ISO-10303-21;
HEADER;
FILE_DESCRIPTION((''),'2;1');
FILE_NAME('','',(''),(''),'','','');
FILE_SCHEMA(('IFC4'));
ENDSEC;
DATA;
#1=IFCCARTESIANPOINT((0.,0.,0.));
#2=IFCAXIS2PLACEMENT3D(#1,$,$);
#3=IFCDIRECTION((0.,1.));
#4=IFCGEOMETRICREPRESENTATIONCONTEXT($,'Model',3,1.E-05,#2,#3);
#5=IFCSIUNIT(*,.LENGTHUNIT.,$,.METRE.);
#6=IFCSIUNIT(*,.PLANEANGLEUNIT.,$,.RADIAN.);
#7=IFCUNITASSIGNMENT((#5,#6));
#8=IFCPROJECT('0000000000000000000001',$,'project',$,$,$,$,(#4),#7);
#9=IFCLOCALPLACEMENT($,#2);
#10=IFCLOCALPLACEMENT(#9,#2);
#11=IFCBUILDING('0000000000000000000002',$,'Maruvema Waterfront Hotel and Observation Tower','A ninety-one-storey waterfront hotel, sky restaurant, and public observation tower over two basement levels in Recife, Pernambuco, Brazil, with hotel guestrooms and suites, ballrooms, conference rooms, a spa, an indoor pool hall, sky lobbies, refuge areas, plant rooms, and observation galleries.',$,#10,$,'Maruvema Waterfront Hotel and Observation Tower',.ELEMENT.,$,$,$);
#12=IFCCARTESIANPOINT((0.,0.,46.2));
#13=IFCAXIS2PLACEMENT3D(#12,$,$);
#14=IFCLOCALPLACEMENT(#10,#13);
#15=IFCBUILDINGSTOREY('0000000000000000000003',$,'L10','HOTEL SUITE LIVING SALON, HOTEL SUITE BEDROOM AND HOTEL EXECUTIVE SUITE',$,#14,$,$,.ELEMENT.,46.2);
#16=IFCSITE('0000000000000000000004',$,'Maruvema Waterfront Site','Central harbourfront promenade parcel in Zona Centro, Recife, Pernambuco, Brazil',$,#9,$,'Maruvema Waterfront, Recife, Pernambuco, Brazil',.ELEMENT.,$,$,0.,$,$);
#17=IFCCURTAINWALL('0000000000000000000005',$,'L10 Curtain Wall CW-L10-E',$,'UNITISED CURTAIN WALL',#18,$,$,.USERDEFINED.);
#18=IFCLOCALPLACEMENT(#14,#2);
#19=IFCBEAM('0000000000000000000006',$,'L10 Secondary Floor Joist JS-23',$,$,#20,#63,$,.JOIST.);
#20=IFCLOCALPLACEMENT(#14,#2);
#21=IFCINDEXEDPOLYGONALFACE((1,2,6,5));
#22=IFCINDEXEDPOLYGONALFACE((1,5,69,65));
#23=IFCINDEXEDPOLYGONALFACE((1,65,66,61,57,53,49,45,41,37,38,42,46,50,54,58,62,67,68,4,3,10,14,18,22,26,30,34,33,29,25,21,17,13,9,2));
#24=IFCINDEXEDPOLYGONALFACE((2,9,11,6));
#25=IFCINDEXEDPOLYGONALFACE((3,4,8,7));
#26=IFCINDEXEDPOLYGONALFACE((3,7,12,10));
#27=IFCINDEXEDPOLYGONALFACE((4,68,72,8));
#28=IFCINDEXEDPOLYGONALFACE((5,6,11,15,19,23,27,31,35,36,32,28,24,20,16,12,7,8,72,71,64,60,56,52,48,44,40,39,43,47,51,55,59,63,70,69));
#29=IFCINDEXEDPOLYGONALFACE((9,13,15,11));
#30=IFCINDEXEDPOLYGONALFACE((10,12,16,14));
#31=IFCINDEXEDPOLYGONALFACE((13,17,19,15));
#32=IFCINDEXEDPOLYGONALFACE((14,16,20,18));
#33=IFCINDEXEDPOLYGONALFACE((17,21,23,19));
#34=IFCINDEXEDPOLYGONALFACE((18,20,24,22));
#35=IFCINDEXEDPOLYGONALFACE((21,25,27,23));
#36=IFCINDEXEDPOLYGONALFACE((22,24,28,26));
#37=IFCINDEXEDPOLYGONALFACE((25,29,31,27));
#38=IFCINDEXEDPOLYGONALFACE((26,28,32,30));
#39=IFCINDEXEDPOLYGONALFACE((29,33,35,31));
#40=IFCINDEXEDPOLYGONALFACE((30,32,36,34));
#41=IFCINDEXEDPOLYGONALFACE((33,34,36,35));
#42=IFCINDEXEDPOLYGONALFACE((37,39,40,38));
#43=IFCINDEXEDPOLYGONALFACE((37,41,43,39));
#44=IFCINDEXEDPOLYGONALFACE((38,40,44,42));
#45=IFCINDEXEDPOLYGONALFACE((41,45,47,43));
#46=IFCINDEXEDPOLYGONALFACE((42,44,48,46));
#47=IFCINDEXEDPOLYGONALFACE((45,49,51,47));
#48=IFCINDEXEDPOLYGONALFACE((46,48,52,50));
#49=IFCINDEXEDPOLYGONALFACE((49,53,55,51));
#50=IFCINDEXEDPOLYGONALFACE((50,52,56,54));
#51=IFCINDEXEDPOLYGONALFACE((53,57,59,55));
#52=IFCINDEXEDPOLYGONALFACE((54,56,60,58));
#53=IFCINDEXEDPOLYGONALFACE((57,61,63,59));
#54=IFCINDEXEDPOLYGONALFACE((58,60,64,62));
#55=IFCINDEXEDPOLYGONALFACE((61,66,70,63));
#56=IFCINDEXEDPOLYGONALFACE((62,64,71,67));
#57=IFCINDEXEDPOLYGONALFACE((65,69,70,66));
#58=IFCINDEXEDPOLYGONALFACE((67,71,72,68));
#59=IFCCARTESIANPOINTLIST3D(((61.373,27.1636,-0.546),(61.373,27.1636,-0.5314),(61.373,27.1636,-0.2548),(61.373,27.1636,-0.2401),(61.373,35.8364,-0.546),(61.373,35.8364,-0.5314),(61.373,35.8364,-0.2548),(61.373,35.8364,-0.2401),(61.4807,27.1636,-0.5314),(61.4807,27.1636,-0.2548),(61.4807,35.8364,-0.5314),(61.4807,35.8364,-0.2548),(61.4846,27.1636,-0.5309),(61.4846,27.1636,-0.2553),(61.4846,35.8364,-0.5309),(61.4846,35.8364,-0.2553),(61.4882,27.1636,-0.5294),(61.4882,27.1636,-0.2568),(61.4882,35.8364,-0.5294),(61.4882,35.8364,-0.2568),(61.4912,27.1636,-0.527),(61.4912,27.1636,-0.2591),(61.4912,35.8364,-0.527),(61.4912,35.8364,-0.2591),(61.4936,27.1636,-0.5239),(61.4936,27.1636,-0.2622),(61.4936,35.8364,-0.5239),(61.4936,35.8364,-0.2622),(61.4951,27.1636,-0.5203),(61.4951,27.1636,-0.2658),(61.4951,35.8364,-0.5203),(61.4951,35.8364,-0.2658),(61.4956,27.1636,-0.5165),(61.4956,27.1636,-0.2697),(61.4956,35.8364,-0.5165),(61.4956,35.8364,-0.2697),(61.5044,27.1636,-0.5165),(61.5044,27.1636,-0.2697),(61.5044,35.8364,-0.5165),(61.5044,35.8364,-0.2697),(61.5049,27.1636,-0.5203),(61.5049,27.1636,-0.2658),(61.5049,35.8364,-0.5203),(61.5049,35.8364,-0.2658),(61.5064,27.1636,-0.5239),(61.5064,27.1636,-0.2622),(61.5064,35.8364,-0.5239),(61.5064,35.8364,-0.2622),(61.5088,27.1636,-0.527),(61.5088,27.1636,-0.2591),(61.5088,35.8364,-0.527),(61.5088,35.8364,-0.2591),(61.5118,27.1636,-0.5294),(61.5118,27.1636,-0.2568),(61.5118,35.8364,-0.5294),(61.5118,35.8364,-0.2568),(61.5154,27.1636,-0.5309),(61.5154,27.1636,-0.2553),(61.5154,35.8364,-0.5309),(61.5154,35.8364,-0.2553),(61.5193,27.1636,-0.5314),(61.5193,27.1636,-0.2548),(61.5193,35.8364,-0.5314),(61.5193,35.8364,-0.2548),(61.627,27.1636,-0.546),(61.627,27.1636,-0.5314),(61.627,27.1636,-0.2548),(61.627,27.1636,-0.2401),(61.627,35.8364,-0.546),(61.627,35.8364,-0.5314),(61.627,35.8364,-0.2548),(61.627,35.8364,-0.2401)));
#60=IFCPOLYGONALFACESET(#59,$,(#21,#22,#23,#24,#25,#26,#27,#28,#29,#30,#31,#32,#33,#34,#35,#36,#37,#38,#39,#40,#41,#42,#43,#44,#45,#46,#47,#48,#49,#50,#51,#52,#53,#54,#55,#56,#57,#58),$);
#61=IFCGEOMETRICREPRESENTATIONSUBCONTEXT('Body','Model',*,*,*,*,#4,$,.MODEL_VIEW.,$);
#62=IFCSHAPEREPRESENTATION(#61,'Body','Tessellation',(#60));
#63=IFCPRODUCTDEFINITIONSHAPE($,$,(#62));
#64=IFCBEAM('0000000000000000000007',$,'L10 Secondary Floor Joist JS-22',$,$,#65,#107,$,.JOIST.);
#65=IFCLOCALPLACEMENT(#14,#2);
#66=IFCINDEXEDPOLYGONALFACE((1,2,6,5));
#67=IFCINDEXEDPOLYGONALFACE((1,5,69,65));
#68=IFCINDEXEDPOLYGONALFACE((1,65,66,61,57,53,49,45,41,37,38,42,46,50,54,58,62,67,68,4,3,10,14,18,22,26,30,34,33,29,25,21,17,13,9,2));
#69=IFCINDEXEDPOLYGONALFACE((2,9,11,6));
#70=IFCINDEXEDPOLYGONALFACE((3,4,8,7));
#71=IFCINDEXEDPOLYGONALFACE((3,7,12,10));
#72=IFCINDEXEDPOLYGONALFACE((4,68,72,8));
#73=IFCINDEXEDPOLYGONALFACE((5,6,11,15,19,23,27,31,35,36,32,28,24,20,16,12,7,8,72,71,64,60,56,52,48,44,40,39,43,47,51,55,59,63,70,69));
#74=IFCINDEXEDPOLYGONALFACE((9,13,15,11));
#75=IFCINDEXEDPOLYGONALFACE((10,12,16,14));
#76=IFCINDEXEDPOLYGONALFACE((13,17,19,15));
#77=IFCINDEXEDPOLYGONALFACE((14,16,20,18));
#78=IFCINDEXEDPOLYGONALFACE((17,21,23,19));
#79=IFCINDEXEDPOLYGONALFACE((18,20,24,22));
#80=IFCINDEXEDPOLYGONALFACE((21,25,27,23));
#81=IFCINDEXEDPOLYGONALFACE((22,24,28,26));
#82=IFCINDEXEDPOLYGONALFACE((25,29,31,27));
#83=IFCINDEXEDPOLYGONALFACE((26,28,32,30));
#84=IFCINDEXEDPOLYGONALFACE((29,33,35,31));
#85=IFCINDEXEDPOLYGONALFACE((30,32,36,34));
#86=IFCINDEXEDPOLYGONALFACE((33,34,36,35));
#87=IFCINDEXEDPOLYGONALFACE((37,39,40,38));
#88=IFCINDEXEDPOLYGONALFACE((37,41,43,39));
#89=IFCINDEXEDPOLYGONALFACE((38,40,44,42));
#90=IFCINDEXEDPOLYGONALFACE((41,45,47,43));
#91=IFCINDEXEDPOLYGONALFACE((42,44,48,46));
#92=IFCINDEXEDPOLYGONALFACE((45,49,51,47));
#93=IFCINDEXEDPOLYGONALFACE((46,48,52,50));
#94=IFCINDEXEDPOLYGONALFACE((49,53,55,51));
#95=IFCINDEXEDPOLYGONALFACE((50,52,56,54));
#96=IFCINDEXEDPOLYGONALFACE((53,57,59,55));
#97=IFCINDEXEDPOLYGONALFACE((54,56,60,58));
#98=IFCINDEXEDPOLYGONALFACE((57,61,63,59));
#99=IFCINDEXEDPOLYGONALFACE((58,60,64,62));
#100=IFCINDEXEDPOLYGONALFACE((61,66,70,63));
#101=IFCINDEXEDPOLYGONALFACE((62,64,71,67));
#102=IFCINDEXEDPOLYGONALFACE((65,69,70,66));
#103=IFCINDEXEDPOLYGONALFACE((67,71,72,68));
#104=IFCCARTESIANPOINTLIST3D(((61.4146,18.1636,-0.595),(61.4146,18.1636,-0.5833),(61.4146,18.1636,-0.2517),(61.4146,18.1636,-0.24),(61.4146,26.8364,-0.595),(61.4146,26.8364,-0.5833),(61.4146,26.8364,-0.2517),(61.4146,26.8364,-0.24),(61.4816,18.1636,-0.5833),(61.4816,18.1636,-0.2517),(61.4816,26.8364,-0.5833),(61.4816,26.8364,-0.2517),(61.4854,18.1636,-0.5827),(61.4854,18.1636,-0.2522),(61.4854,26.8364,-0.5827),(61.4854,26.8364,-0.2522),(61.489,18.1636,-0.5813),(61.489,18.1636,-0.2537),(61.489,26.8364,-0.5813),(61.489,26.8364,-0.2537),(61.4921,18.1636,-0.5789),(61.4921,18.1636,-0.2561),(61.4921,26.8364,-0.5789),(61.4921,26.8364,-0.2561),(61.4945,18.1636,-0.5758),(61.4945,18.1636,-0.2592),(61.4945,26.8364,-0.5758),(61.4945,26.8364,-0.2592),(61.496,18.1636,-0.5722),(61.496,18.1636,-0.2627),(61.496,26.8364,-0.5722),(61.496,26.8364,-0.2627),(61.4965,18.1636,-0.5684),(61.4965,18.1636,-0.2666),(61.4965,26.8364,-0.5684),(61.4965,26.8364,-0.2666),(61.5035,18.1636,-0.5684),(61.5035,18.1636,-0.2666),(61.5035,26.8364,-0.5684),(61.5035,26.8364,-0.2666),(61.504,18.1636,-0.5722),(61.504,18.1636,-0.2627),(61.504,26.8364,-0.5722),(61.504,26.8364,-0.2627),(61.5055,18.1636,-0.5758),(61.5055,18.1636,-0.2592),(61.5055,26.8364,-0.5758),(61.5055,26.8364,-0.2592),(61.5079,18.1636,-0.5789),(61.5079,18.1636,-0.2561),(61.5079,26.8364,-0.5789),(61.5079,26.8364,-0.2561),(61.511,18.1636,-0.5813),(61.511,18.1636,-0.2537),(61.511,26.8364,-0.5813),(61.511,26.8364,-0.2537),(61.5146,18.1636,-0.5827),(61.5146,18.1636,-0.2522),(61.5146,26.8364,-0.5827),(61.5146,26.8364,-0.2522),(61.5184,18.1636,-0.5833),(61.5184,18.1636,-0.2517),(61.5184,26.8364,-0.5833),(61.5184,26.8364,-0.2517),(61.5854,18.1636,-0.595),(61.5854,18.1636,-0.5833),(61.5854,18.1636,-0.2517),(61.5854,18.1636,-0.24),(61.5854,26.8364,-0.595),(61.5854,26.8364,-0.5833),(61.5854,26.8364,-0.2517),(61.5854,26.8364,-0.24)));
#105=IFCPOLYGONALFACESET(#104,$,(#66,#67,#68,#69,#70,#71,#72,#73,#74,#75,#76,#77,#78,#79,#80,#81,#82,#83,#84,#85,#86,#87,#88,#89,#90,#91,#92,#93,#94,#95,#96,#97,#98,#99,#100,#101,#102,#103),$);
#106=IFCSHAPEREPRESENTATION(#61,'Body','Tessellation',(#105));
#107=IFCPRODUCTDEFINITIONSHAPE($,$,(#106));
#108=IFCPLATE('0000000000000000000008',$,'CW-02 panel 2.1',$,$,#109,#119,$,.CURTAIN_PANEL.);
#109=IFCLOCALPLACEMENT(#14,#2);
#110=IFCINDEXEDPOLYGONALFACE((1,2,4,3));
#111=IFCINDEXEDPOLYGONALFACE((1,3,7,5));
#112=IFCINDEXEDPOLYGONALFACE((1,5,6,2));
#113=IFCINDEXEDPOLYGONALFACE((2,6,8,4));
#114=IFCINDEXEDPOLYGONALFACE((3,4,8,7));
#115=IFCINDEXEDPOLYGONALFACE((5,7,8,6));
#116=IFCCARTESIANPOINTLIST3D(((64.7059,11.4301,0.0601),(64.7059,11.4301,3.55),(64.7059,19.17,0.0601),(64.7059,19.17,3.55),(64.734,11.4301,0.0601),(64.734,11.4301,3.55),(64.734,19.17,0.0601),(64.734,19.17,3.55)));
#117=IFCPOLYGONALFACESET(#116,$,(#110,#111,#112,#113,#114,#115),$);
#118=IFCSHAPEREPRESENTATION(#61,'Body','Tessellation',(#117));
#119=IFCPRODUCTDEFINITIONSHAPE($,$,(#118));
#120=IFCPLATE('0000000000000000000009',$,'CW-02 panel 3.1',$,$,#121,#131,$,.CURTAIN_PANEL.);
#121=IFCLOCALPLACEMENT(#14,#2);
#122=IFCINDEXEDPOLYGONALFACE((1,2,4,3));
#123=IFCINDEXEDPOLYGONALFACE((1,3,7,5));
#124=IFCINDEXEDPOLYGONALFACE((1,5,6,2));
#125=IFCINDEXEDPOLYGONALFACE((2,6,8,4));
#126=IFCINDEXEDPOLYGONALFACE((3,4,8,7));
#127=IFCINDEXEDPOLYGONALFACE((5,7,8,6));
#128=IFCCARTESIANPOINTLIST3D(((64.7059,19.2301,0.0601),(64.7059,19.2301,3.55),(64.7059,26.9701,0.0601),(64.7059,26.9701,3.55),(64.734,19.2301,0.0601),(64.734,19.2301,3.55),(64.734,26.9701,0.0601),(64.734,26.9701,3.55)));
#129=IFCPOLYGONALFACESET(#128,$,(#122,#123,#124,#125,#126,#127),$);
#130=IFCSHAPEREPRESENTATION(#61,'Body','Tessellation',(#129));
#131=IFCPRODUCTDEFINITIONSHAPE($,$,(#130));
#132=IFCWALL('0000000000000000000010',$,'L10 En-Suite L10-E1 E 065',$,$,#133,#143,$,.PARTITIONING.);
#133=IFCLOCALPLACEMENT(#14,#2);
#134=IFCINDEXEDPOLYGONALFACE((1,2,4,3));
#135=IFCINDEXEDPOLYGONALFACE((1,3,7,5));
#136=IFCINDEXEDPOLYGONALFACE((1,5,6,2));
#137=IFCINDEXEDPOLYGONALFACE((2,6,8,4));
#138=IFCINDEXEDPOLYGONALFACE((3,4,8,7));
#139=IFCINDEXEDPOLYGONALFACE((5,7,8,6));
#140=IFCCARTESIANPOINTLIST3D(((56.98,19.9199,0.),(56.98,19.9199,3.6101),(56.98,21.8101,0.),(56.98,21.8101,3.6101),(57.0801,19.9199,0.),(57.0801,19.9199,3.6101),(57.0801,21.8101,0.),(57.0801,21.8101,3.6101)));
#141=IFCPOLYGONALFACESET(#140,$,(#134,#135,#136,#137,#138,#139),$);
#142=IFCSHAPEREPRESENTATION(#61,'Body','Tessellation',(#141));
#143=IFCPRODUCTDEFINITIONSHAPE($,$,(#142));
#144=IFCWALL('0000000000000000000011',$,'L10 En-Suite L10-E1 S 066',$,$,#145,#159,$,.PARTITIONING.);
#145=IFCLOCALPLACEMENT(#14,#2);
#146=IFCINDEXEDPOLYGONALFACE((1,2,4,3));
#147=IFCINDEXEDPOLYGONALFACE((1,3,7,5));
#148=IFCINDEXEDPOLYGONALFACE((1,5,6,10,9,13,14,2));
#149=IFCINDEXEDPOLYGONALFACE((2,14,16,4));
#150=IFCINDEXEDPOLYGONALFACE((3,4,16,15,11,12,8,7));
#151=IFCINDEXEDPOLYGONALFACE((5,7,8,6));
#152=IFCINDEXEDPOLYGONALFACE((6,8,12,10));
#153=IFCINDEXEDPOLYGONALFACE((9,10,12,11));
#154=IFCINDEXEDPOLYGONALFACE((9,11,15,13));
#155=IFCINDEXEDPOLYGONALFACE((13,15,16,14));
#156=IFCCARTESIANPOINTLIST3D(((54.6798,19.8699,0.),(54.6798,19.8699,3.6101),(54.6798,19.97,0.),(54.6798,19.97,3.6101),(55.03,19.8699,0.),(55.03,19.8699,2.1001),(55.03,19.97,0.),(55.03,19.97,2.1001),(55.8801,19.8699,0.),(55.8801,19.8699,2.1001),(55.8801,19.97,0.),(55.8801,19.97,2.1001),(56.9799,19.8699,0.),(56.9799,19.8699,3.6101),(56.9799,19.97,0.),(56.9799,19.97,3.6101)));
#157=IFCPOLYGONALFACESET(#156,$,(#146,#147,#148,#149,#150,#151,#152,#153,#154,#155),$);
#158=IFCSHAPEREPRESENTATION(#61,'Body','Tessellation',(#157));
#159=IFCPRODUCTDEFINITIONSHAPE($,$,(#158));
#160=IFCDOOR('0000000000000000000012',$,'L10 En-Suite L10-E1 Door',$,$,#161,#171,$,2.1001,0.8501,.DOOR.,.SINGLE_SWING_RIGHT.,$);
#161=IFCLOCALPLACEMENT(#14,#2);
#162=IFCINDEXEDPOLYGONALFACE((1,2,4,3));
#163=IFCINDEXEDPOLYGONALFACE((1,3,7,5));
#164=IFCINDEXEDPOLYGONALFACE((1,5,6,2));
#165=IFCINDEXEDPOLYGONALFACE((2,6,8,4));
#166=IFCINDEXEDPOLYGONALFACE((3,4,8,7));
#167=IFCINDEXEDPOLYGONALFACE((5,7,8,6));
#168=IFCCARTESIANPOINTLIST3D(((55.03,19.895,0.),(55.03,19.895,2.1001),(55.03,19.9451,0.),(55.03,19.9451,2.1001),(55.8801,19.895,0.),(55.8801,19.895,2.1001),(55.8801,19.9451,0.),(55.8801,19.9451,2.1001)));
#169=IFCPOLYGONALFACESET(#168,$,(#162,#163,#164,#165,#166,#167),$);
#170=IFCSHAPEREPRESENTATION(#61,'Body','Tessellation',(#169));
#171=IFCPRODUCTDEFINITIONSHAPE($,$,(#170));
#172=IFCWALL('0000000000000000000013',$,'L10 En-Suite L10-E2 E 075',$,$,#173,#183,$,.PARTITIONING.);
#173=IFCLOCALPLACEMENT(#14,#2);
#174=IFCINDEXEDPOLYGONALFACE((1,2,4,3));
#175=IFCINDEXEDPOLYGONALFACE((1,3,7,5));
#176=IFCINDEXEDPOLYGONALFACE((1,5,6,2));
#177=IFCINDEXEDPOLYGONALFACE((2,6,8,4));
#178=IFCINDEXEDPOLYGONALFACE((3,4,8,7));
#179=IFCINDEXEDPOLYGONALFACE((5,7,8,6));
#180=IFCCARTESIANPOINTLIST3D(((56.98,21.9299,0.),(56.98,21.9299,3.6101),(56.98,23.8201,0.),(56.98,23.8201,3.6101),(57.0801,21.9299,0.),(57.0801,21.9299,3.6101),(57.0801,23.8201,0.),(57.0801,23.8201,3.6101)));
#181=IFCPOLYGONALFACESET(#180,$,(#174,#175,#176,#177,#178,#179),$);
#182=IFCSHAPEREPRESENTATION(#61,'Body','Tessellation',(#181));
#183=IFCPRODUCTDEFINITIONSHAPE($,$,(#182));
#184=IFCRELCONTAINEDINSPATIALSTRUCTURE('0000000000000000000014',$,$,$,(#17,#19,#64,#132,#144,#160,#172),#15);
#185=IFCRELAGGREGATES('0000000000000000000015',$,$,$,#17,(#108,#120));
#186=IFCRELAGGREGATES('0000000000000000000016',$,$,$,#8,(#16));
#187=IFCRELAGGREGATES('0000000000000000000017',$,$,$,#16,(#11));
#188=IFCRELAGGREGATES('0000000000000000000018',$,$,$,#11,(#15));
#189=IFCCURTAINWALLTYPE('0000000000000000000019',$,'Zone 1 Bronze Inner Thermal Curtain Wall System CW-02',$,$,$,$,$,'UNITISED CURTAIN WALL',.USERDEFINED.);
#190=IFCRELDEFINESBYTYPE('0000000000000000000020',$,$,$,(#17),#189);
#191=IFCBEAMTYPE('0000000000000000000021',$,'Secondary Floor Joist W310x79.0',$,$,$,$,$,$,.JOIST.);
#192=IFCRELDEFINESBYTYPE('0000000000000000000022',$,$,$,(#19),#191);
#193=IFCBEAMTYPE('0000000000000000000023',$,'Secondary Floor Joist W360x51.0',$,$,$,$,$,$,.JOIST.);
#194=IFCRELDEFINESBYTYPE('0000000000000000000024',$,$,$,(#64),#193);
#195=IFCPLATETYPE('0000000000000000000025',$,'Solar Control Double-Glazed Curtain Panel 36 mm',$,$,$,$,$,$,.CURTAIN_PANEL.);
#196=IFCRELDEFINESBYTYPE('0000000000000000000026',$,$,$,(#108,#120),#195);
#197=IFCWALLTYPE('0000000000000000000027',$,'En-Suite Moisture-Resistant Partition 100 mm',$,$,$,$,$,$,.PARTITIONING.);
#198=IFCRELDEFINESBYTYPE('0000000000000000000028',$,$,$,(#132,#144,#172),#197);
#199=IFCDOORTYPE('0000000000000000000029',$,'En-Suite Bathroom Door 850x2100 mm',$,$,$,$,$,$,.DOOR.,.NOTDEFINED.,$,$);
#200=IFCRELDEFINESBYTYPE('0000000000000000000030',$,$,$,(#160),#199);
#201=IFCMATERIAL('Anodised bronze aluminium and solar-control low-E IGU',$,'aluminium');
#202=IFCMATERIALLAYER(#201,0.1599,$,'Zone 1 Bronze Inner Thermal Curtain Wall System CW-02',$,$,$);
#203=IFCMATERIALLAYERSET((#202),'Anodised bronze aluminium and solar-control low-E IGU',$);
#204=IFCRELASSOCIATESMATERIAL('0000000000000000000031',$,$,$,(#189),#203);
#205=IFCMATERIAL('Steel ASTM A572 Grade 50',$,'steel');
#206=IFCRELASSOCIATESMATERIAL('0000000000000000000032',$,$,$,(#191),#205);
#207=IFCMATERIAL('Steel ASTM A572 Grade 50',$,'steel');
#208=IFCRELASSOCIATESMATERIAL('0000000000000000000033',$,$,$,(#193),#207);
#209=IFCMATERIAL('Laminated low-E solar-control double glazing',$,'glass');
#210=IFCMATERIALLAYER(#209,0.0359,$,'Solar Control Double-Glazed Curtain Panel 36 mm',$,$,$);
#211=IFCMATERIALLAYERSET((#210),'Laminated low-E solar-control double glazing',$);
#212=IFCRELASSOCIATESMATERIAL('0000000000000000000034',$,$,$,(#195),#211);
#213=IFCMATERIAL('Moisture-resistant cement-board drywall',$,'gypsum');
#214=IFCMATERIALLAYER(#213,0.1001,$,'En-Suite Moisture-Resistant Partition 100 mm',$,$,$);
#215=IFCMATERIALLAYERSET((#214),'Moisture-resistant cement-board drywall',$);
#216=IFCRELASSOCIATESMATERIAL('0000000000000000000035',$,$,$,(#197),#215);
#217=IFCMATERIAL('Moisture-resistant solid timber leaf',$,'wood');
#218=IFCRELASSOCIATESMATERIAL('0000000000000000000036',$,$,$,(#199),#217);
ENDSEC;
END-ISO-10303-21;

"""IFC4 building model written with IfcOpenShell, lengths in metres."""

from ifc_helpers import new_model, si_unit, direction, frame, frame_2d, origin, origin_2d, place, context, subcontext, project, spatial, rectangle, i_section, extrude, material, layer, layer_set, material_profile, profile_set, type_object, element, fill, aggregate, save


model = new_model("IFC4")

# Units and contexts
model_context = context("Model", 3, precision=1e-05, world=origin(), true_north=direction((0.0, 1.0)))
body_context = subcontext(model_context, "Body", "Model", "MODEL_VIEW")
ifc_project = project(units=[si_unit("LENGTHUNIT", "METRE"), si_unit("PLANEANGLEUNIT", "RADIAN")], contexts=[model_context])

# Site, building, storey
site_placement = place(None, origin())
site = spatial("IfcSite", under=ifc_project, at=site_placement, Name="Maruvema Waterfront Site", Description="Central harbourfront promenade parcel in Zona Centro, Recife, Pernambuco, Brazil", LongName="Maruvema Waterfront, Recife, Pernambuco, Brazil", CompositionType="ELEMENT", RefElevation=0.0)
building_placement = place(site_placement, origin())
building = spatial("IfcBuilding", under=site, at=building_placement, Name="Maruvema Waterfront Hotel and Observation Tower", Description="A ninety-one-storey waterfront hotel, sky restaurant, and public observation tower over two basement levels in Recife, Pernambuco, Brazil, with hotel guestrooms and suites, ballrooms, conference rooms, a spa, an indoor pool hall, sky lobbies, refuge areas, plant rooms, and observation galleries.", LongName="Maruvema Waterfront Hotel and Observation Tower", CompositionType="ELEMENT")
storey_placement = place(building_placement, frame((0.0, 0.0, 46.2)))
storey = spatial("IfcBuildingStorey", under=building, at=storey_placement, Name="L10", Description="HOTEL SUITE LIVING SALON, HOTEL SUITE BEDROOM AND HOTEL EXECUTIVE SUITE", CompositionType="ELEMENT", Elevation=46.2)

# Curtain wall
ifc_material_1 = material(Name="Anodised bronze aluminium and solar-control low-E IGU", Category="aluminium")
ifc_layer_1 = layer(ifc_material_1, 0.1599, Name="Zone 1 Bronze Inner Thermal Curtain Wall System CW-02")
ifc_layer_set_1 = layer_set([ifc_layer_1], Name="Anodised bronze aluminium and solar-control low-E IGU")
curtain_wall_type = type_object("IfcCurtainWallType", Name="Zone 1 Bronze Inner Thermal Curtain Wall System CW-02", ElementType="UNITISED CURTAIN WALL", PredefinedType="USERDEFINED", material=ifc_layer_set_1)
curtain_wall_placement = place(storey_placement, origin())
curtain_wall = element("IfcCurtainWall", 1, at=curtain_wall_placement, inside=storey, type_object=curtain_wall_type, Name="L10 Curtain Wall CW-L10-E", ObjectType="UNITISED CURTAIN WALL", PredefinedType="USERDEFINED")

# Beams
ifc_material_2 = material(Name="Steel ASTM A572 Grade 50", Category="steel")
ifc_material_profile_1 = material_profile(ifc_material_2, i_section(OverallWidth=0.2539, OverallDepth=0.3059, WebThickness=0.0088, FlangeThickness=0.0146, FilletRadius=0.0149, at=origin_2d()), Name="W310x79.0")
ifc_profile_set_1 = profile_set([ifc_material_profile_1], Name="Steel ASTM A572 Grade 50")
beam_type_1 = type_object("IfcBeamType", Name="Secondary Floor Joist W310x79.0", PredefinedType="JOIST", material=ifc_profile_set_1)
beam_1_placement = place(storey_placement, frame((61.5, 27.1636, -0.3931), z_axis=(0.0, 1.0, 0.0), x_axis=(-1.0, 0.0, 0.0)))
element("IfcBeam", 2, at=beam_1_placement, inside=storey, type_object=beam_type_1, Name="L10 Secondary Floor Joist JS-23", PredefinedType="JOIST", context=body_context, shape_type="SweptSolid", body=[
    extrude(i_section(OverallWidth=0.2539, OverallDepth=0.3059, WebThickness=0.0088, FlangeThickness=0.0146, FilletRadius=0.0149, at=origin_2d()), origin(), (0.0, 0.0, 1.0), 8.6729),
])
ifc_material_3 = material(Name="Steel ASTM A572 Grade 50", Category="steel")
ifc_material_profile_2 = material_profile(ifc_material_3, i_section(OverallWidth=0.1709, OverallDepth=0.355, WebThickness=0.0071, FlangeThickness=0.0117, FilletRadius=0.0149, at=origin_2d()), Name="W360x51.0")
ifc_profile_set_2 = profile_set([ifc_material_profile_2], Name="Steel ASTM A572 Grade 50")
beam_type_2 = type_object("IfcBeamType", Name="Secondary Floor Joist W360x51.0", PredefinedType="JOIST", material=ifc_profile_set_2)
beam_2_placement = place(storey_placement, frame((61.5, 18.1636, -0.4175), z_axis=(0.0, 1.0, 0.0), x_axis=(-1.0, 0.0, 0.0)))
element("IfcBeam", 3, at=beam_2_placement, inside=storey, type_object=beam_type_2, Name="L10 Secondary Floor Joist JS-22", PredefinedType="JOIST", context=body_context, shape_type="SweptSolid", body=[
    extrude(i_section(OverallWidth=0.1709, OverallDepth=0.355, WebThickness=0.0071, FlangeThickness=0.0117, FilletRadius=0.0149, at=origin_2d()), origin(), (0.0, 0.0, 1.0), 8.6729),
])

# Plates
ifc_material_4 = material(Name="Laminated low-E solar-control double glazing", Category="glass")
ifc_layer_2 = layer(ifc_material_4, 0.0359, Name="Solar Control Double-Glazed Curtain Panel 36 mm")
ifc_layer_set_2 = layer_set([ifc_layer_2], Name="Laminated low-E solar-control double glazing")
plate_type = type_object("IfcPlateType", Name="Solar Control Double-Glazed Curtain Panel 36 mm", PredefinedType="CURTAIN_PANEL", material=ifc_layer_set_2)
plate_1_placement = place(storey_placement, frame((64.72, 15.3, 0.0601), z_axis=(0.0, 0.0, 1.0), x_axis=(0.0, 1.0, 0.0)))
plate_1 = element("IfcPlate", 4, at=plate_1_placement, type_object=plate_type, Name="CW-02 panel 2.1", PredefinedType="CURTAIN_PANEL", context=body_context, shape_type="SweptSolid", body=[
    extrude(rectangle(XDim=7.74, YDim=0.0281, at=origin_2d()), origin(), (0.0, 0.0, 1.0), 3.49),
])
plate_2_placement = place(storey_placement, frame((64.72, 23.1001, 0.0601), z_axis=(0.0, 0.0, 1.0), x_axis=(0.0, 1.0, 0.0)))
plate_2 = element("IfcPlate", 5, at=plate_2_placement, type_object=plate_type, Name="CW-02 panel 3.1", PredefinedType="CURTAIN_PANEL", context=body_context, shape_type="SweptSolid", body=[
    extrude(rectangle(XDim=7.74, YDim=0.0281, at=origin_2d()), origin(), (0.0, 0.0, 1.0), 3.49),
])
aggregate(curtain_wall, [plate_1, plate_2])

# Wall
ifc_material_5 = material(Name="Moisture-resistant cement-board drywall", Category="gypsum")
ifc_layer_3 = layer(ifc_material_5, 0.1001, Name="En-Suite Moisture-Resistant Partition 100 mm")
ifc_layer_set_3 = layer_set([ifc_layer_3], Name="Moisture-resistant cement-board drywall")
wall_type_1 = type_object("IfcWallType", Name="En-Suite Moisture-Resistant Partition 100 mm", PredefinedType="PARTITIONING", material=ifc_layer_set_3)
wall_1_placement = place(storey_placement, frame((57.03, 19.9199, 0.0), z_axis=(0.0, 0.0, 1.0), x_axis=(0.0, 1.0, 0.0)))
element("IfcWall", 6, at=wall_1_placement, inside=storey, type_object=wall_type_1, Name="L10 En-Suite L10-E1 E 065", PredefinedType="PARTITIONING", context=body_context, shape_type="SweptSolid", body=[
    extrude(rectangle(XDim=1.8901, YDim=0.1001, at=frame_2d((0.9451, 0.0))), origin(), (0.0, 0.0, 1.0), 3.6101),
])

# Wall, opening, door
wall_2_placement = place(storey_placement, frame((54.6799, 19.9199, 0.0), z_axis=(0.0, 0.0, 1.0), x_axis=(1.0, 0.0, 0.0)))
wall_2 = element("IfcWall", 7, at=wall_2_placement, inside=storey, type_object=wall_type_1, Name="L10 En-Suite L10-E1 S 066", PredefinedType="PARTITIONING", context=body_context, shape_type="SweptSolid", body=[
    extrude(rectangle(XDim=2.3, YDim=0.1001, at=frame_2d((1.1499, 0.0))), origin(), (0.0, 0.0, 1.0), 3.6101),
])
opening_1_placement = place(wall_2_placement, frame((0.3501, 0.0, 0.0)))
opening_1 = element("IfcOpeningElement", 8, at=opening_1_placement, cuts=wall_2, PredefinedType="OPENING", context=body_context, shape_type="SweptSolid", body=[
    extrude(rectangle(XDim=0.8501, YDim=2.1001, at=frame_2d((0.425, 1.05))), frame((0.0, 0.0601, 0.0), z_axis=(0.0, -1.0, 0.0), x_axis=(1.0, 0.0, 0.0)), (0.0, 0.0, 1.0), 0.1201),
])
ifc_material_6 = material(Name="Moisture-resistant solid timber leaf", Category="wood")
door_type_1 = type_object("IfcDoorType", Name="En-Suite Bathroom Door 850x2100 mm", OperationType="NOTDEFINED", PredefinedType="DOOR", material=ifc_material_6)
door_1_placement = place(opening_1_placement, frame((0.8501, 0.0, 0.0), z_axis=(0.0, 0.0, 1.0), x_axis=(-1.0, 0.0, 0.0)))
door_1 = element("IfcDoor", 9, at=door_1_placement, inside=storey, type_object=door_type_1, Name="L10 En-Suite L10-E1 Door", OperationType="SINGLE_SWING_RIGHT", OverallHeight=2.1001, OverallWidth=0.8501, PredefinedType="DOOR", context=body_context, shape_type="SweptSolid", body=[
    extrude(rectangle(XDim=0.8501, YDim=2.1001, at=frame_2d((0.425, 1.05))), frame((0.0, 0.0249, 0.0), z_axis=(0.0, -1.0, 0.0), x_axis=(1.0, 0.0, 0.0)), (0.0, 0.0, 1.0), 0.05),
])
fill(opening_1, door_1)

# Wall
wall_3_placement = place(storey_placement, frame((57.03, 21.9299, 0.0), z_axis=(0.0, 0.0, 1.0), x_axis=(0.0, 1.0, 0.0)))
element("IfcWall", 10, at=wall_3_placement, inside=storey, type_object=wall_type_1, Name="L10 En-Suite L10-E2 E 075", PredefinedType="PARTITIONING", context=body_context, shape_type="SweptSolid", body=[
    extrude(rectangle(XDim=1.8901, YDim=0.1001, at=frame_2d((0.9451, 0.0))), origin(), (0.0, 0.0, 1.0), 3.6101),
])

save(model, "model.ifc")
